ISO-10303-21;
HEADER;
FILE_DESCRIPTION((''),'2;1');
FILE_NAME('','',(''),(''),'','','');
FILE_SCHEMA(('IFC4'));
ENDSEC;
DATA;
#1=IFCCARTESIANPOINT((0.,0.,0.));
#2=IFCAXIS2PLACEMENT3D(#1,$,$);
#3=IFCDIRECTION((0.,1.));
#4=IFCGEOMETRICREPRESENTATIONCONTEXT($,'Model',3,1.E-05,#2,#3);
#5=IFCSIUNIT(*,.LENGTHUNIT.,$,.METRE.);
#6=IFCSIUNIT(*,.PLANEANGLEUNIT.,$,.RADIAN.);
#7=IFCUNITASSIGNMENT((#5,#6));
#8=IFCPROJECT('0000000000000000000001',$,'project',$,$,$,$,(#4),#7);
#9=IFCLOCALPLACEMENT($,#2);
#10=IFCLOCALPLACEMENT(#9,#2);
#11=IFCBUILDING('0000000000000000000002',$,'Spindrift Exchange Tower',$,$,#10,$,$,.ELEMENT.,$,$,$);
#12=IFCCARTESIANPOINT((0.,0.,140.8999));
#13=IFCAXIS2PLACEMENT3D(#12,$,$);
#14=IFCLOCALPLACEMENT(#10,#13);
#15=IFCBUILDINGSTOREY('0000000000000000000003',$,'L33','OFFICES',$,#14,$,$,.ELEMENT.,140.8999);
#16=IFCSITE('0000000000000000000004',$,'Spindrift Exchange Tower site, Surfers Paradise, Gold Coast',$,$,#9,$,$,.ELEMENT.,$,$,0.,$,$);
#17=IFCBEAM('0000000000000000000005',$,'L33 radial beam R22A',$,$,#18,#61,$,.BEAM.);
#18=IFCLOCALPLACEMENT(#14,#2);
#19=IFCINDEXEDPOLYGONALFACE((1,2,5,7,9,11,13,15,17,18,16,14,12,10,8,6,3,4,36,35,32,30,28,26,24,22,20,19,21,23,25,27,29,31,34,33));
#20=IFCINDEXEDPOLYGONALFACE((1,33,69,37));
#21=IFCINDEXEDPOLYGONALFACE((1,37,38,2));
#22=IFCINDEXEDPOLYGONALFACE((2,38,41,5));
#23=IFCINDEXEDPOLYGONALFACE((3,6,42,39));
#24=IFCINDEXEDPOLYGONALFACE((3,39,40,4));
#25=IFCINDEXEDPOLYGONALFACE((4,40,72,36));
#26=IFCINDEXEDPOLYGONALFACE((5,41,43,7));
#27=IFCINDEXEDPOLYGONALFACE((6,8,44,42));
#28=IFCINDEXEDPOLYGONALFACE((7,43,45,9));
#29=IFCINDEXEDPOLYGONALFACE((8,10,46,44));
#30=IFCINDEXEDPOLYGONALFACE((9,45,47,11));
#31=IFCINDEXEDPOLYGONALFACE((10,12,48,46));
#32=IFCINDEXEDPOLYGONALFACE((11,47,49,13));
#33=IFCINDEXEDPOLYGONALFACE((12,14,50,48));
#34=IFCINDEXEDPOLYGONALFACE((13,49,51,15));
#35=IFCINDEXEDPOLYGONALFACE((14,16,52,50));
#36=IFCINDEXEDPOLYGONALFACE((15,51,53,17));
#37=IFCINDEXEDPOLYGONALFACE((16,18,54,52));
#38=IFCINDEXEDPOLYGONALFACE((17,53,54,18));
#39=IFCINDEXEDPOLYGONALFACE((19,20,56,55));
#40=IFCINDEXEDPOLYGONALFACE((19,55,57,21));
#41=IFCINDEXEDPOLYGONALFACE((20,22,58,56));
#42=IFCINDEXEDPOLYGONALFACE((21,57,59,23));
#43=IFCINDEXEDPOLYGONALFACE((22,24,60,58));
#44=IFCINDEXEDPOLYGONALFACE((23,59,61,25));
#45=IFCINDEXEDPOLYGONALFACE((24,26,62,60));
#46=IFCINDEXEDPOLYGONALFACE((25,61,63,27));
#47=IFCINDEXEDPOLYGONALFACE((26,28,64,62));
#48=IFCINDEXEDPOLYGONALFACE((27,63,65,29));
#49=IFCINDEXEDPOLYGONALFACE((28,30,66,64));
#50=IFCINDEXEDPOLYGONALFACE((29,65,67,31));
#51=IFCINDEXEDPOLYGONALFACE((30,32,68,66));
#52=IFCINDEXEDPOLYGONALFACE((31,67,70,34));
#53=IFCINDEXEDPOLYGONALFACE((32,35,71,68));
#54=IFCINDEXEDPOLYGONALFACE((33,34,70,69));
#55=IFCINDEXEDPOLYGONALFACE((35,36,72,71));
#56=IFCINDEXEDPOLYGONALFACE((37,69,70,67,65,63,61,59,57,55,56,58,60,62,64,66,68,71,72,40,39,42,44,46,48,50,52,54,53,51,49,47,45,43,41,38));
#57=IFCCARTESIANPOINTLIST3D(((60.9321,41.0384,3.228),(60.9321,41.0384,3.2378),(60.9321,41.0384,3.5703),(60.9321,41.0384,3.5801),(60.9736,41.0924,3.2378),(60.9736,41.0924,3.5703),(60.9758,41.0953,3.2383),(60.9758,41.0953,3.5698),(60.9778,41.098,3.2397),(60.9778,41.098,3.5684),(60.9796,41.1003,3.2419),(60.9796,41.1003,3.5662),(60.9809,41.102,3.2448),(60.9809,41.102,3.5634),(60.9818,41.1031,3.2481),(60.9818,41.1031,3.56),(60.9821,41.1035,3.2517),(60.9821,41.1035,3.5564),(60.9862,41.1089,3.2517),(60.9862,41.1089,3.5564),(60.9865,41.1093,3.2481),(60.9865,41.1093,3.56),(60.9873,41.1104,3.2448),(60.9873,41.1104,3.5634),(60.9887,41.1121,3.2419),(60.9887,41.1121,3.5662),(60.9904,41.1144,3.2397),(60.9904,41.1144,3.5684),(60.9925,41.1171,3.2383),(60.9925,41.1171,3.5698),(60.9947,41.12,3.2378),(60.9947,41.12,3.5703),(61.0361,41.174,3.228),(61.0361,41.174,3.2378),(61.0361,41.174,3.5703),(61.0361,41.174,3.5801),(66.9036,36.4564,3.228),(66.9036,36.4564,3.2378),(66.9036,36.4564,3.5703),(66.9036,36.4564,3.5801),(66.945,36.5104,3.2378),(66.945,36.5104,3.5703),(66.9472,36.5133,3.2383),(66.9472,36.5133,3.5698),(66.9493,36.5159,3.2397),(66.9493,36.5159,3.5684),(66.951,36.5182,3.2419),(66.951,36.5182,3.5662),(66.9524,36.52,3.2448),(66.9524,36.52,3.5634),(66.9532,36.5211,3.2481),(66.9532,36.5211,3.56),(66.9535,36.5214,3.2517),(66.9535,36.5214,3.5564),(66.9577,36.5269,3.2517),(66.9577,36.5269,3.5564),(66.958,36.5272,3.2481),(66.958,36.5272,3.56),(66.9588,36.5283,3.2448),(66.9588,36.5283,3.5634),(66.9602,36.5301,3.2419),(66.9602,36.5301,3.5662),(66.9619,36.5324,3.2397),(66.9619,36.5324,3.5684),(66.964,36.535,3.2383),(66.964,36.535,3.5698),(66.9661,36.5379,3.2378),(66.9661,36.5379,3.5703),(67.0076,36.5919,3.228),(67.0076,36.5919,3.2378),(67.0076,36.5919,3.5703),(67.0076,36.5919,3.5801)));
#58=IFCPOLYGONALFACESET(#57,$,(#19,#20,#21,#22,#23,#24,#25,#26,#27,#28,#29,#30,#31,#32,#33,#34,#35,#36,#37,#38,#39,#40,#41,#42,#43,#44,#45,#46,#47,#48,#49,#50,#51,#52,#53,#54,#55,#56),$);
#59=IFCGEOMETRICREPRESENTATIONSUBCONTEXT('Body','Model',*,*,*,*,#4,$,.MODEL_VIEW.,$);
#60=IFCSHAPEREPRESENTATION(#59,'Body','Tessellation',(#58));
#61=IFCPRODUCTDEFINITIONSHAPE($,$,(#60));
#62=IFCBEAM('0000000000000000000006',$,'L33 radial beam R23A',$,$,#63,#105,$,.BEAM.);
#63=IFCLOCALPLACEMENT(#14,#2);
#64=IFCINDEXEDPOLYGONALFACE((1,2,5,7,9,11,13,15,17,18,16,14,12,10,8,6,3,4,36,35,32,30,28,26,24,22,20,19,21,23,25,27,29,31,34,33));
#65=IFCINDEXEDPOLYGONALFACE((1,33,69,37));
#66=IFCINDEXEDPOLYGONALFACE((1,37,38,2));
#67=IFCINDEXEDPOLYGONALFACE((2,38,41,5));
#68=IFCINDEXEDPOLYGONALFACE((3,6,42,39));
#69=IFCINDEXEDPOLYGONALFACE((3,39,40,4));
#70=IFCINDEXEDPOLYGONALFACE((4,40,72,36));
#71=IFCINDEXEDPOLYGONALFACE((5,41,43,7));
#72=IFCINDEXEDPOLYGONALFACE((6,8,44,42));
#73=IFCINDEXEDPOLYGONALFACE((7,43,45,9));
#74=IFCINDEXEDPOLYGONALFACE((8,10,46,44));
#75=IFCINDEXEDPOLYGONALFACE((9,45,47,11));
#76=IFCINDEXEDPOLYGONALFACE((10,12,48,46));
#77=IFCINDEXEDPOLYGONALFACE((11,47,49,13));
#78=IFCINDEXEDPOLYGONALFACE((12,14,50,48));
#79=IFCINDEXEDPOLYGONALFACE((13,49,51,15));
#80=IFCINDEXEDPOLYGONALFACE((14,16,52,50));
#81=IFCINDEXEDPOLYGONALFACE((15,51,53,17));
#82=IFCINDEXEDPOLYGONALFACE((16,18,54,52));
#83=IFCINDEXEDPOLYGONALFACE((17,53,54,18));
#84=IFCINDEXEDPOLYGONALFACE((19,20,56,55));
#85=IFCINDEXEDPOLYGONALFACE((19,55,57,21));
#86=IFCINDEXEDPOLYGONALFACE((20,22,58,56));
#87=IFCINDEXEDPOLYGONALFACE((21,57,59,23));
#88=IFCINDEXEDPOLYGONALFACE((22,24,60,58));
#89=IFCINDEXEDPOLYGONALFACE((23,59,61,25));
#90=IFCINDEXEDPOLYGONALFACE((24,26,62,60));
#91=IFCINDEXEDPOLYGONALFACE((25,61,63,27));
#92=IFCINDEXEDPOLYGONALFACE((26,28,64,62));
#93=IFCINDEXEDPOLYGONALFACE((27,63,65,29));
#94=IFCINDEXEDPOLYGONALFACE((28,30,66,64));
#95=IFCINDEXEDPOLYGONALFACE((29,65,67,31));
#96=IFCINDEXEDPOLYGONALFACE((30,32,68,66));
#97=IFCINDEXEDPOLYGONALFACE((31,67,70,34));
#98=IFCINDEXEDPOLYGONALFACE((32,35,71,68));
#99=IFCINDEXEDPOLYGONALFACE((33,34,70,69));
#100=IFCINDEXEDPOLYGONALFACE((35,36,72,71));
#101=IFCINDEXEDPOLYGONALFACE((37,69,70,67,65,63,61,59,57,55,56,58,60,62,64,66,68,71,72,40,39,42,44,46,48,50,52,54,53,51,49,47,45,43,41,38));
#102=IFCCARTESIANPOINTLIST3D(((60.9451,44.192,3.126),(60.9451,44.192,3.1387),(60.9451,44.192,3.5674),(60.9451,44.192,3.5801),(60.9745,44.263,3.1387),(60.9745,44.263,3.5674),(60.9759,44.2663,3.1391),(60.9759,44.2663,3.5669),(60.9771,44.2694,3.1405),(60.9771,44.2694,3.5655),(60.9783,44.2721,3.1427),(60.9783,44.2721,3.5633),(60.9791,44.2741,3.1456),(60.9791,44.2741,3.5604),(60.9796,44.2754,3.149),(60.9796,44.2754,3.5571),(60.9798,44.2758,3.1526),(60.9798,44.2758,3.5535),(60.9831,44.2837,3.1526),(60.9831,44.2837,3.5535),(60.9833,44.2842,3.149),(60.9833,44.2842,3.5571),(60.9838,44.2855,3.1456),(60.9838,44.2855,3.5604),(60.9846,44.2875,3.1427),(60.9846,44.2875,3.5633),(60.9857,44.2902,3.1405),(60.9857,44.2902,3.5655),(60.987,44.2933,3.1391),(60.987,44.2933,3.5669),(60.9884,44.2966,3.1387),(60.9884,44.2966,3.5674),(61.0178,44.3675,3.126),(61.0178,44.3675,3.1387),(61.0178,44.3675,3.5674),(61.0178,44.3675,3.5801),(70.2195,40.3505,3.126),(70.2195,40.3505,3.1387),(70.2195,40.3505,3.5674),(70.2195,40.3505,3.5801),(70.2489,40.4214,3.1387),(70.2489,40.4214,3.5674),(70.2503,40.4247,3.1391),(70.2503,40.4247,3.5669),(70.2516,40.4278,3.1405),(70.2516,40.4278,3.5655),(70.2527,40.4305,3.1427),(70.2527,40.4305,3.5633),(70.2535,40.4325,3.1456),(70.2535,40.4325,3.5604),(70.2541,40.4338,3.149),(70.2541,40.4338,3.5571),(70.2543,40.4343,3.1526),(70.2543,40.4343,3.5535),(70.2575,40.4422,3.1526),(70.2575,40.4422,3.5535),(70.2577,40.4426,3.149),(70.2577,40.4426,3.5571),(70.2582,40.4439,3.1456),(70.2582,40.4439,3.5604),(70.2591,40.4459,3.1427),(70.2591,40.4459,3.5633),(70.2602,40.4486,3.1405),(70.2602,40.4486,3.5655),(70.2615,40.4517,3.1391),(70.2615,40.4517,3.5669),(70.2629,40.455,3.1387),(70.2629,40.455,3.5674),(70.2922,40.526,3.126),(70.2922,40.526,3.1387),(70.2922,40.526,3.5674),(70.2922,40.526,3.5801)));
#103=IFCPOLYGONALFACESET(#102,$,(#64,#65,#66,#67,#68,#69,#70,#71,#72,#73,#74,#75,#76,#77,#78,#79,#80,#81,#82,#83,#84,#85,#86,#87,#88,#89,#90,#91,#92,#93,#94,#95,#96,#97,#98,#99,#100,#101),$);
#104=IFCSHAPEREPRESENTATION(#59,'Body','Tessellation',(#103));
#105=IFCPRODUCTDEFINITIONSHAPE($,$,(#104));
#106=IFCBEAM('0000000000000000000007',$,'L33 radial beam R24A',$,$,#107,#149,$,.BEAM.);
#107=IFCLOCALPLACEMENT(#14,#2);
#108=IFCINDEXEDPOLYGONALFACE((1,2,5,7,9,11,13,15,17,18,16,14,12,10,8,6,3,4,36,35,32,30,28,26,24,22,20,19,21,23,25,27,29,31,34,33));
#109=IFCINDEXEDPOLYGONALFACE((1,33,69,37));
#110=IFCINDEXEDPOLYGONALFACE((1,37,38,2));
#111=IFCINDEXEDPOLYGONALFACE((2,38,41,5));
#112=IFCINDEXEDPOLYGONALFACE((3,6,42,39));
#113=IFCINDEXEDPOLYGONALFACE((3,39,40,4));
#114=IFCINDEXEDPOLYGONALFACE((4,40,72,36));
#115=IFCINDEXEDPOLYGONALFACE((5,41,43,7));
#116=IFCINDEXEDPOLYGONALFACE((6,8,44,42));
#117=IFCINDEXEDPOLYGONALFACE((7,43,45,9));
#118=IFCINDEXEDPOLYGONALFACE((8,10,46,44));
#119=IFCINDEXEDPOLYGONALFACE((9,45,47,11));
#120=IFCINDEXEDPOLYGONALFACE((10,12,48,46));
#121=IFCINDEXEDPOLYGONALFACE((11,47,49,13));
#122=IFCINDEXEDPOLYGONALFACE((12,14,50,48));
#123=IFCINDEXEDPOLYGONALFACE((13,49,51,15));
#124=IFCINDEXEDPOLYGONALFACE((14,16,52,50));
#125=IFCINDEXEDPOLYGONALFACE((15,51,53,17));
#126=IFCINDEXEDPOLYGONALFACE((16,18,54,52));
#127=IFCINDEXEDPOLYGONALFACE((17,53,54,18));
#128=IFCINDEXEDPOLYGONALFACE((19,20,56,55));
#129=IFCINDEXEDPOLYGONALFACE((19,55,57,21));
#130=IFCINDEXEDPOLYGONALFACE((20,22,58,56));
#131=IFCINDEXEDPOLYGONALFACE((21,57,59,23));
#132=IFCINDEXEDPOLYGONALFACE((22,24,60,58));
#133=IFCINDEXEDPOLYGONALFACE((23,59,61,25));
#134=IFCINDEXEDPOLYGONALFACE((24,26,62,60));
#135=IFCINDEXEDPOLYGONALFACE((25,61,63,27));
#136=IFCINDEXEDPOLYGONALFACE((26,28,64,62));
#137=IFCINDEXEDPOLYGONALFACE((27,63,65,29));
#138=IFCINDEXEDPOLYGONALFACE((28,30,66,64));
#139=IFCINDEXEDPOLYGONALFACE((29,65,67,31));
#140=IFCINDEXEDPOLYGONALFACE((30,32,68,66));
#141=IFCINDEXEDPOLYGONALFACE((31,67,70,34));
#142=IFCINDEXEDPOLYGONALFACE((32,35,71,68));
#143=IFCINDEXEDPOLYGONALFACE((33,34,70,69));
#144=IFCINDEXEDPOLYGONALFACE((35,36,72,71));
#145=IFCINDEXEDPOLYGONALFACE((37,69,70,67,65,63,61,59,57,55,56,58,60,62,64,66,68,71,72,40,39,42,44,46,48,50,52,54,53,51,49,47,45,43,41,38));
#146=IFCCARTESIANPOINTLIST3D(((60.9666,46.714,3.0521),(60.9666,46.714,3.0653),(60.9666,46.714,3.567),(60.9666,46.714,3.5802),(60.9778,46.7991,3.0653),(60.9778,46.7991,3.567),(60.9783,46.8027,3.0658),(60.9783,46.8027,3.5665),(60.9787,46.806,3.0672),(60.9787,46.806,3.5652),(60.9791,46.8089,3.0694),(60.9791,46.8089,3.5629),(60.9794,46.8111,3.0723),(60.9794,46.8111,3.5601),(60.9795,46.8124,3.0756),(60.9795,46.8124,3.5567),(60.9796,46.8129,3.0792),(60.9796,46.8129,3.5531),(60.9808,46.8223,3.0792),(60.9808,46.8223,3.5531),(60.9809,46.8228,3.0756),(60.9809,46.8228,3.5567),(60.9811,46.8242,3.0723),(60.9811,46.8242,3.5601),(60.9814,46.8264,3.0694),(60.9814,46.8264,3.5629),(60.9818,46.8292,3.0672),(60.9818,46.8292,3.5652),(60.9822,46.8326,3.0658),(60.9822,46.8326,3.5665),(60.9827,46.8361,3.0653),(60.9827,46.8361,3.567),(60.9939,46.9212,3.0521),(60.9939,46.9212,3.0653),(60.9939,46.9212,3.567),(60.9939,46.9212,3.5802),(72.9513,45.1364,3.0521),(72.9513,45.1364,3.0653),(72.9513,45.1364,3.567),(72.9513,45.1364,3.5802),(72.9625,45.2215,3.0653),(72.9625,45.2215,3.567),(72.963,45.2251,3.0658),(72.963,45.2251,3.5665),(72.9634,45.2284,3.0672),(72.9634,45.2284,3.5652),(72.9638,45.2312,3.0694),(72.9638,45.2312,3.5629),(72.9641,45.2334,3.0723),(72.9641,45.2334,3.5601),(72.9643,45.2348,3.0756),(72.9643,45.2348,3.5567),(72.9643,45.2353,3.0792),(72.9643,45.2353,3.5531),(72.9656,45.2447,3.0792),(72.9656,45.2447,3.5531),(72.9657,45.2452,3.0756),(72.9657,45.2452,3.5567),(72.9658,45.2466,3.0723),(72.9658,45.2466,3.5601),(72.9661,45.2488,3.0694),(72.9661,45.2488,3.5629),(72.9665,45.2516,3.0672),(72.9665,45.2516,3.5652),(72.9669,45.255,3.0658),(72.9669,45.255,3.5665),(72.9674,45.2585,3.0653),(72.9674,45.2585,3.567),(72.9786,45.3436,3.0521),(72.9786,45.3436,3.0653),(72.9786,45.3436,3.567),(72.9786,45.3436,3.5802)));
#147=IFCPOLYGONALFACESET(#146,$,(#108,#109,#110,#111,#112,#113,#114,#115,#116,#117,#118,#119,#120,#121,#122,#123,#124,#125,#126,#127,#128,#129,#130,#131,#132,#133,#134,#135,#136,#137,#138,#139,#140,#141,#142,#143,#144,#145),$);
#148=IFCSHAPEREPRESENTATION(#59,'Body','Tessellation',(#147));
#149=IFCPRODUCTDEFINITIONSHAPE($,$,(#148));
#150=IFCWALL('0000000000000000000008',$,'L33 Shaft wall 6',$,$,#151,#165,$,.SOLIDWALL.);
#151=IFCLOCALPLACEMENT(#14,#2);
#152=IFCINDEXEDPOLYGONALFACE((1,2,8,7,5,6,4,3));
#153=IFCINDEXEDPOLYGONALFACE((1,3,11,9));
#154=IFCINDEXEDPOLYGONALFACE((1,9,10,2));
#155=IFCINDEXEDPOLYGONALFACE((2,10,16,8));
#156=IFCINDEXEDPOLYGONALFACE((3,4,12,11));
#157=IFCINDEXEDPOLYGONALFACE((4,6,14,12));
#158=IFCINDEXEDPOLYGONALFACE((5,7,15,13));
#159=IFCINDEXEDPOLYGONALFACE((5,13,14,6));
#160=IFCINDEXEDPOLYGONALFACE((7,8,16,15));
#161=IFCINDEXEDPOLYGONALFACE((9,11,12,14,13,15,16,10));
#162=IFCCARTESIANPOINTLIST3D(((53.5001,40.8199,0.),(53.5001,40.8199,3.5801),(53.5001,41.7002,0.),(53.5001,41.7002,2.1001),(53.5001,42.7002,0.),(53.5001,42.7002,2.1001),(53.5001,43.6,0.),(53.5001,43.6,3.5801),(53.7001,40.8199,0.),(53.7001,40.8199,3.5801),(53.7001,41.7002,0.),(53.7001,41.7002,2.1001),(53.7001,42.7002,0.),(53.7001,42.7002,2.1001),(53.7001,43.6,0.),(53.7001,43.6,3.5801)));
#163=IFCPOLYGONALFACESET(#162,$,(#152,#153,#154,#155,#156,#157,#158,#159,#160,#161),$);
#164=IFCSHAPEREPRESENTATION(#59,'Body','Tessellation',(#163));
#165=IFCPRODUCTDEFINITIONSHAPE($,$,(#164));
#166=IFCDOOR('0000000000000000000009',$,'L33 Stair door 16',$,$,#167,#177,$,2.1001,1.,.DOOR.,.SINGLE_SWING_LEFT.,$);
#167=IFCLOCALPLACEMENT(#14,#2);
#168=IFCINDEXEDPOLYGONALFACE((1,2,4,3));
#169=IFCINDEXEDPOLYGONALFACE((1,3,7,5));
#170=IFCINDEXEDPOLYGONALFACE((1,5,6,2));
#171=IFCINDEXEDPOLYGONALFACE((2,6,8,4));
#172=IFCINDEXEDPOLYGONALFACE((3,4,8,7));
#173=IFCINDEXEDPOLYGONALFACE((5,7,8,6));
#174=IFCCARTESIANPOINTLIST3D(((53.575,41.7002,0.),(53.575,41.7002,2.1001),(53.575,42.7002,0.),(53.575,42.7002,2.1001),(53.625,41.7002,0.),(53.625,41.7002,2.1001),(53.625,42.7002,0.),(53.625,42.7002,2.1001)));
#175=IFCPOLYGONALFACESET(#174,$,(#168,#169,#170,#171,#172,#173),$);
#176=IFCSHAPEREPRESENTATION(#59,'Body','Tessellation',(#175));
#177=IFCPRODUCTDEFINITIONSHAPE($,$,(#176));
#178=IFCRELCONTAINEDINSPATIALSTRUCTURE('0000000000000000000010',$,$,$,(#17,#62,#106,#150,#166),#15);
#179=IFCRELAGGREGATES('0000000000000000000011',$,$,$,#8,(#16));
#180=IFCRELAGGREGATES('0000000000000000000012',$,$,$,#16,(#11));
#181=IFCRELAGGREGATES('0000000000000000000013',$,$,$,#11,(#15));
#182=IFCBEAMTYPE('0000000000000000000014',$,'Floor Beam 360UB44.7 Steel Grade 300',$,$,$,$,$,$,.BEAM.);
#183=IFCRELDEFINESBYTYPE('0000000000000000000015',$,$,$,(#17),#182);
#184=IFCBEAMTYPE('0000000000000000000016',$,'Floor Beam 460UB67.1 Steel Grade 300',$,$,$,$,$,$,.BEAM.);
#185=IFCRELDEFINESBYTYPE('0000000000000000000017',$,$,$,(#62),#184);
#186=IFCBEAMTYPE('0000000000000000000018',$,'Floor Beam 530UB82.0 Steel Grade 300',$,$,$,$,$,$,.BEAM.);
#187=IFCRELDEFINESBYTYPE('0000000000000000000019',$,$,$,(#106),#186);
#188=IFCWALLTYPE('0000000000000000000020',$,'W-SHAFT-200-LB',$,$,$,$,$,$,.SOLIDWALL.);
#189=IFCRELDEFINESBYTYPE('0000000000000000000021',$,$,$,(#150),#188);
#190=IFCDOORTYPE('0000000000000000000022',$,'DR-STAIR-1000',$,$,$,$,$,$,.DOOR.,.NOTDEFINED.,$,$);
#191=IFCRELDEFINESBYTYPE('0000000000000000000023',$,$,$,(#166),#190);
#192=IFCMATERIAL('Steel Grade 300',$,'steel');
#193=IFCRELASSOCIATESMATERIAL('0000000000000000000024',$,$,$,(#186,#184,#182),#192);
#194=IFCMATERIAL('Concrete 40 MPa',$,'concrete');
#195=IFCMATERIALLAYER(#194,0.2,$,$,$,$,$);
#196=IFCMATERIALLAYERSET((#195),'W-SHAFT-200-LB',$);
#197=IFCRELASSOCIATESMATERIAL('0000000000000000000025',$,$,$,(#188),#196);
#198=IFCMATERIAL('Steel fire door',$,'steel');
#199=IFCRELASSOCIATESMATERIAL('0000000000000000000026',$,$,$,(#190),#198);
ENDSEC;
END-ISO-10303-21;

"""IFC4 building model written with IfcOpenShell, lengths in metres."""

from ifc_helpers import new_model, si_unit, direction, frame, frame_2d, origin, origin_2d, place, context, subcontext, project, spatial, rectangle, i_section, extrude, source, transform, mapped, material, layer, layer_set, material_profile, profile_set, type_object, element, fill, save


model = new_model("IFC4")

# Units and contexts
model_context = context("Model", 3, precision=1e-05, world=origin(), true_north=direction((0.0, 1.0)))
body_context = subcontext(model_context, "Body", "Model", "MODEL_VIEW")
ifc_project = project(units=[si_unit("LENGTHUNIT", "METRE"), si_unit("PLANEANGLEUNIT", "RADIAN")], contexts=[model_context])

# Site, building, storey
site_placement = place(None, origin())
site = spatial("IfcSite", under=ifc_project, at=site_placement, Name="Spindrift Exchange Tower site, Surfers Paradise, Gold Coast", CompositionType="ELEMENT", RefElevation=0.0)
building_placement = place(site_placement, origin())
building = spatial("IfcBuilding", under=site, at=building_placement, Name="Spindrift Exchange Tower", CompositionType="ELEMENT")
storey_placement = place(building_placement, frame((0.0, 0.0, 140.8999)))
storey = spatial("IfcBuildingStorey", under=building, at=storey_placement, Name="L33", Description="OFFICES", CompositionType="ELEMENT", Elevation=140.8999)

# Beams
ifc_material_1 = material(Name="Steel Grade 300", Category="steel")
ifc_material_profile_1 = material_profile(ifc_material_1, i_section(OverallWidth=0.209, OverallDepth=0.5281, WebThickness=0.0095, FlangeThickness=0.0132, FilletRadius=0.0139, at=origin_2d()), Name="530UB82.0")
ifc_profile_set_1 = profile_set([ifc_material_profile_1], Name="Steel Grade 300")
beam_type_1 = type_object("IfcBeamType", Name="Floor Beam 530UB82.0 Steel Grade 300", PredefinedType="BEAM", material=ifc_profile_set_1)
ifc_material_profile_2 = material_profile(ifc_material_1, i_section(OverallWidth=0.1899, OverallDepth=0.4541, WebThickness=0.0085, FlangeThickness=0.0127, FilletRadius=0.0139, at=origin_2d()), Name="460UB67.1")
ifc_profile_set_2 = profile_set([ifc_material_profile_2], Name="Steel Grade 300")
beam_type_2 = type_object("IfcBeamType", Name="Floor Beam 460UB67.1 Steel Grade 300", PredefinedType="BEAM", material=ifc_profile_set_2)
ifc_material_profile_3 = material_profile(ifc_material_1, i_section(OverallWidth=0.1709, OverallDepth=0.3521, WebThickness=0.0068, FlangeThickness=0.0098, FilletRadius=0.0139, at=origin_2d()), Name="360UB44.7")
ifc_profile_set_3 = profile_set([ifc_material_profile_3], Name="Steel Grade 300")
beam_type_3 = type_object("IfcBeamType", Name="Floor Beam 360UB44.7 Steel Grade 300", PredefinedType="BEAM", material=ifc_profile_set_3)
shared_shape_1 = source(origin(), body_context, "Body", "SweptSolid", [
    extrude(i_section(OverallWidth=0.1709, OverallDepth=0.3521, WebThickness=0.0068, FlangeThickness=0.0098, FilletRadius=0.0139, at=origin_2d()), origin(), (0.0, 0.0, 1.0), 7.5269),
])
beam_1_placement = place(storey_placement, frame((60.9841, 41.1062, 3.4041), z_axis=(0.793354, -0.60876, 0.0), x_axis=(0.60876, 0.793354, 0.0)))
element("IfcBeam", 1, at=beam_1_placement, inside=storey, type_object=beam_type_3, Name="L33 radial beam R22A", PredefinedType="BEAM", context=body_context, shape_type="MappedRepresentation", body=[
    mapped(shared_shape_1, transform((0.0, 0.0, 0.0), scale=1.0)),
])
shared_shape_2 = source(origin(), body_context, "Body", "SweptSolid", [
    extrude(i_section(OverallWidth=0.1899, OverallDepth=0.4541, WebThickness=0.0085, FlangeThickness=0.0127, FilletRadius=0.0139, at=origin_2d()), origin(), (0.0, 0.0, 1.0), 10.0386),
])
beam_2_placement = place(storey_placement, frame((60.9814, 44.2798, 3.353), z_axis=(0.923881, -0.38268, 0.0), x_axis=(0.38268, 0.923881, 0.0)))
element("IfcBeam", 2, at=beam_2_placement, inside=storey, type_object=beam_type_2, Name="L33 radial beam R23A", PredefinedType="BEAM", context=body_context, shape_type="MappedRepresentation", body=[
    mapped(shared_shape_2, transform((0.0, 0.0, 0.0), scale=1.0)),
])
shared_shape_3 = source(origin(), body_context, "Body", "SweptSolid", [
    extrude(i_section(OverallWidth=0.209, OverallDepth=0.5281, WebThickness=0.0095, FlangeThickness=0.0132, FilletRadius=0.0139, at=origin_2d()), origin(), (0.0, 0.0, 1.0), 12.0881),
])
beam_3_placement = place(storey_placement, frame((60.9802, 46.8176, 3.3162), z_axis=(0.991447, -0.13051, 0.0), x_axis=(0.13051, 0.991447, 0.0)))
element("IfcBeam", 3, at=beam_3_placement, inside=storey, type_object=beam_type_1, Name="L33 radial beam R24A", PredefinedType="BEAM", context=body_context, shape_type="MappedRepresentation", body=[
    mapped(shared_shape_3, transform((0.0, 0.0, 0.0), scale=1.0)),
])

# Wall, opening, door
ifc_material_2 = material(Name="Concrete 40 MPa", Category="concrete")
ifc_layer = layer(ifc_material_2, 0.2)
ifc_layer_set = layer_set([ifc_layer], Name="W-SHAFT-200-LB")
wall_type = type_object("IfcWallType", Name="W-SHAFT-200-LB", PredefinedType="SOLIDWALL", material=ifc_layer_set)
wall_1_placement = place(storey_placement, frame((53.6001, 43.6001, 0.0), z_axis=(0.0, 0.0, 1.0), x_axis=(0.0, -1.0, 0.0)))
wall_1 = element("IfcWall", 4, at=wall_1_placement, inside=storey, type_object=wall_type, Name="L33 Shaft wall 6", PredefinedType="SOLIDWALL", context=body_context, shape_type="SweptSolid", body=[
    extrude(rectangle(XDim=2.78, YDim=0.2, at=frame_2d((1.3901, 0.0))), origin(), (0.0, 0.0, 1.0), 3.5801),
])
opening_placement = place(wall_1_placement, frame((0.8999, 0.0, 0.0)))
opening = element("IfcOpeningElement", 5, at=opening_placement, cuts=wall_1, PredefinedType="OPENING", context=body_context, shape_type="SweptSolid", body=[
    extrude(rectangle(XDim=1.0, YDim=2.1001, at=frame_2d((0.5, 1.05))), frame((0.0, 0.1099, 0.0), z_axis=(0.0, -1.0, 0.0), x_axis=(1.0, 0.0, 0.0)), (0.0, 0.0, 1.0), 0.22),
])
ifc_material_3 = material(Name="Steel fire door", Category="steel")
door_type = type_object("IfcDoorType", Name="DR-STAIR-1000", OperationType="NOTDEFINED", PredefinedType="DOOR", material=ifc_material_3)
shared_shape_4 = source(origin(), body_context, "Body", "SweptSolid", [
    extrude(rectangle(XDim=1.0, YDim=2.1001, at=frame_2d((0.5, 1.05))), frame((0.0, 0.0249, 0.0), z_axis=(0.0, -1.0, 0.0), x_axis=(1.0, 0.0, 0.0)), (0.0, 0.0, 1.0), 0.05),
])
door_placement = place(opening_placement, origin())
door = element("IfcDoor", 6, at=door_placement, inside=storey, type_object=door_type, Name="L33 Stair door 16", OperationType="SINGLE_SWING_LEFT", OverallHeight=2.1001, OverallWidth=1.0, PredefinedType="DOOR", context=body_context, shape_type="MappedRepresentation", body=[
    mapped(shared_shape_4, transform((0.0, 0.0, 0.0), scale=1.0)),
])
fill(opening, door)

save(model, "model.ifc")
